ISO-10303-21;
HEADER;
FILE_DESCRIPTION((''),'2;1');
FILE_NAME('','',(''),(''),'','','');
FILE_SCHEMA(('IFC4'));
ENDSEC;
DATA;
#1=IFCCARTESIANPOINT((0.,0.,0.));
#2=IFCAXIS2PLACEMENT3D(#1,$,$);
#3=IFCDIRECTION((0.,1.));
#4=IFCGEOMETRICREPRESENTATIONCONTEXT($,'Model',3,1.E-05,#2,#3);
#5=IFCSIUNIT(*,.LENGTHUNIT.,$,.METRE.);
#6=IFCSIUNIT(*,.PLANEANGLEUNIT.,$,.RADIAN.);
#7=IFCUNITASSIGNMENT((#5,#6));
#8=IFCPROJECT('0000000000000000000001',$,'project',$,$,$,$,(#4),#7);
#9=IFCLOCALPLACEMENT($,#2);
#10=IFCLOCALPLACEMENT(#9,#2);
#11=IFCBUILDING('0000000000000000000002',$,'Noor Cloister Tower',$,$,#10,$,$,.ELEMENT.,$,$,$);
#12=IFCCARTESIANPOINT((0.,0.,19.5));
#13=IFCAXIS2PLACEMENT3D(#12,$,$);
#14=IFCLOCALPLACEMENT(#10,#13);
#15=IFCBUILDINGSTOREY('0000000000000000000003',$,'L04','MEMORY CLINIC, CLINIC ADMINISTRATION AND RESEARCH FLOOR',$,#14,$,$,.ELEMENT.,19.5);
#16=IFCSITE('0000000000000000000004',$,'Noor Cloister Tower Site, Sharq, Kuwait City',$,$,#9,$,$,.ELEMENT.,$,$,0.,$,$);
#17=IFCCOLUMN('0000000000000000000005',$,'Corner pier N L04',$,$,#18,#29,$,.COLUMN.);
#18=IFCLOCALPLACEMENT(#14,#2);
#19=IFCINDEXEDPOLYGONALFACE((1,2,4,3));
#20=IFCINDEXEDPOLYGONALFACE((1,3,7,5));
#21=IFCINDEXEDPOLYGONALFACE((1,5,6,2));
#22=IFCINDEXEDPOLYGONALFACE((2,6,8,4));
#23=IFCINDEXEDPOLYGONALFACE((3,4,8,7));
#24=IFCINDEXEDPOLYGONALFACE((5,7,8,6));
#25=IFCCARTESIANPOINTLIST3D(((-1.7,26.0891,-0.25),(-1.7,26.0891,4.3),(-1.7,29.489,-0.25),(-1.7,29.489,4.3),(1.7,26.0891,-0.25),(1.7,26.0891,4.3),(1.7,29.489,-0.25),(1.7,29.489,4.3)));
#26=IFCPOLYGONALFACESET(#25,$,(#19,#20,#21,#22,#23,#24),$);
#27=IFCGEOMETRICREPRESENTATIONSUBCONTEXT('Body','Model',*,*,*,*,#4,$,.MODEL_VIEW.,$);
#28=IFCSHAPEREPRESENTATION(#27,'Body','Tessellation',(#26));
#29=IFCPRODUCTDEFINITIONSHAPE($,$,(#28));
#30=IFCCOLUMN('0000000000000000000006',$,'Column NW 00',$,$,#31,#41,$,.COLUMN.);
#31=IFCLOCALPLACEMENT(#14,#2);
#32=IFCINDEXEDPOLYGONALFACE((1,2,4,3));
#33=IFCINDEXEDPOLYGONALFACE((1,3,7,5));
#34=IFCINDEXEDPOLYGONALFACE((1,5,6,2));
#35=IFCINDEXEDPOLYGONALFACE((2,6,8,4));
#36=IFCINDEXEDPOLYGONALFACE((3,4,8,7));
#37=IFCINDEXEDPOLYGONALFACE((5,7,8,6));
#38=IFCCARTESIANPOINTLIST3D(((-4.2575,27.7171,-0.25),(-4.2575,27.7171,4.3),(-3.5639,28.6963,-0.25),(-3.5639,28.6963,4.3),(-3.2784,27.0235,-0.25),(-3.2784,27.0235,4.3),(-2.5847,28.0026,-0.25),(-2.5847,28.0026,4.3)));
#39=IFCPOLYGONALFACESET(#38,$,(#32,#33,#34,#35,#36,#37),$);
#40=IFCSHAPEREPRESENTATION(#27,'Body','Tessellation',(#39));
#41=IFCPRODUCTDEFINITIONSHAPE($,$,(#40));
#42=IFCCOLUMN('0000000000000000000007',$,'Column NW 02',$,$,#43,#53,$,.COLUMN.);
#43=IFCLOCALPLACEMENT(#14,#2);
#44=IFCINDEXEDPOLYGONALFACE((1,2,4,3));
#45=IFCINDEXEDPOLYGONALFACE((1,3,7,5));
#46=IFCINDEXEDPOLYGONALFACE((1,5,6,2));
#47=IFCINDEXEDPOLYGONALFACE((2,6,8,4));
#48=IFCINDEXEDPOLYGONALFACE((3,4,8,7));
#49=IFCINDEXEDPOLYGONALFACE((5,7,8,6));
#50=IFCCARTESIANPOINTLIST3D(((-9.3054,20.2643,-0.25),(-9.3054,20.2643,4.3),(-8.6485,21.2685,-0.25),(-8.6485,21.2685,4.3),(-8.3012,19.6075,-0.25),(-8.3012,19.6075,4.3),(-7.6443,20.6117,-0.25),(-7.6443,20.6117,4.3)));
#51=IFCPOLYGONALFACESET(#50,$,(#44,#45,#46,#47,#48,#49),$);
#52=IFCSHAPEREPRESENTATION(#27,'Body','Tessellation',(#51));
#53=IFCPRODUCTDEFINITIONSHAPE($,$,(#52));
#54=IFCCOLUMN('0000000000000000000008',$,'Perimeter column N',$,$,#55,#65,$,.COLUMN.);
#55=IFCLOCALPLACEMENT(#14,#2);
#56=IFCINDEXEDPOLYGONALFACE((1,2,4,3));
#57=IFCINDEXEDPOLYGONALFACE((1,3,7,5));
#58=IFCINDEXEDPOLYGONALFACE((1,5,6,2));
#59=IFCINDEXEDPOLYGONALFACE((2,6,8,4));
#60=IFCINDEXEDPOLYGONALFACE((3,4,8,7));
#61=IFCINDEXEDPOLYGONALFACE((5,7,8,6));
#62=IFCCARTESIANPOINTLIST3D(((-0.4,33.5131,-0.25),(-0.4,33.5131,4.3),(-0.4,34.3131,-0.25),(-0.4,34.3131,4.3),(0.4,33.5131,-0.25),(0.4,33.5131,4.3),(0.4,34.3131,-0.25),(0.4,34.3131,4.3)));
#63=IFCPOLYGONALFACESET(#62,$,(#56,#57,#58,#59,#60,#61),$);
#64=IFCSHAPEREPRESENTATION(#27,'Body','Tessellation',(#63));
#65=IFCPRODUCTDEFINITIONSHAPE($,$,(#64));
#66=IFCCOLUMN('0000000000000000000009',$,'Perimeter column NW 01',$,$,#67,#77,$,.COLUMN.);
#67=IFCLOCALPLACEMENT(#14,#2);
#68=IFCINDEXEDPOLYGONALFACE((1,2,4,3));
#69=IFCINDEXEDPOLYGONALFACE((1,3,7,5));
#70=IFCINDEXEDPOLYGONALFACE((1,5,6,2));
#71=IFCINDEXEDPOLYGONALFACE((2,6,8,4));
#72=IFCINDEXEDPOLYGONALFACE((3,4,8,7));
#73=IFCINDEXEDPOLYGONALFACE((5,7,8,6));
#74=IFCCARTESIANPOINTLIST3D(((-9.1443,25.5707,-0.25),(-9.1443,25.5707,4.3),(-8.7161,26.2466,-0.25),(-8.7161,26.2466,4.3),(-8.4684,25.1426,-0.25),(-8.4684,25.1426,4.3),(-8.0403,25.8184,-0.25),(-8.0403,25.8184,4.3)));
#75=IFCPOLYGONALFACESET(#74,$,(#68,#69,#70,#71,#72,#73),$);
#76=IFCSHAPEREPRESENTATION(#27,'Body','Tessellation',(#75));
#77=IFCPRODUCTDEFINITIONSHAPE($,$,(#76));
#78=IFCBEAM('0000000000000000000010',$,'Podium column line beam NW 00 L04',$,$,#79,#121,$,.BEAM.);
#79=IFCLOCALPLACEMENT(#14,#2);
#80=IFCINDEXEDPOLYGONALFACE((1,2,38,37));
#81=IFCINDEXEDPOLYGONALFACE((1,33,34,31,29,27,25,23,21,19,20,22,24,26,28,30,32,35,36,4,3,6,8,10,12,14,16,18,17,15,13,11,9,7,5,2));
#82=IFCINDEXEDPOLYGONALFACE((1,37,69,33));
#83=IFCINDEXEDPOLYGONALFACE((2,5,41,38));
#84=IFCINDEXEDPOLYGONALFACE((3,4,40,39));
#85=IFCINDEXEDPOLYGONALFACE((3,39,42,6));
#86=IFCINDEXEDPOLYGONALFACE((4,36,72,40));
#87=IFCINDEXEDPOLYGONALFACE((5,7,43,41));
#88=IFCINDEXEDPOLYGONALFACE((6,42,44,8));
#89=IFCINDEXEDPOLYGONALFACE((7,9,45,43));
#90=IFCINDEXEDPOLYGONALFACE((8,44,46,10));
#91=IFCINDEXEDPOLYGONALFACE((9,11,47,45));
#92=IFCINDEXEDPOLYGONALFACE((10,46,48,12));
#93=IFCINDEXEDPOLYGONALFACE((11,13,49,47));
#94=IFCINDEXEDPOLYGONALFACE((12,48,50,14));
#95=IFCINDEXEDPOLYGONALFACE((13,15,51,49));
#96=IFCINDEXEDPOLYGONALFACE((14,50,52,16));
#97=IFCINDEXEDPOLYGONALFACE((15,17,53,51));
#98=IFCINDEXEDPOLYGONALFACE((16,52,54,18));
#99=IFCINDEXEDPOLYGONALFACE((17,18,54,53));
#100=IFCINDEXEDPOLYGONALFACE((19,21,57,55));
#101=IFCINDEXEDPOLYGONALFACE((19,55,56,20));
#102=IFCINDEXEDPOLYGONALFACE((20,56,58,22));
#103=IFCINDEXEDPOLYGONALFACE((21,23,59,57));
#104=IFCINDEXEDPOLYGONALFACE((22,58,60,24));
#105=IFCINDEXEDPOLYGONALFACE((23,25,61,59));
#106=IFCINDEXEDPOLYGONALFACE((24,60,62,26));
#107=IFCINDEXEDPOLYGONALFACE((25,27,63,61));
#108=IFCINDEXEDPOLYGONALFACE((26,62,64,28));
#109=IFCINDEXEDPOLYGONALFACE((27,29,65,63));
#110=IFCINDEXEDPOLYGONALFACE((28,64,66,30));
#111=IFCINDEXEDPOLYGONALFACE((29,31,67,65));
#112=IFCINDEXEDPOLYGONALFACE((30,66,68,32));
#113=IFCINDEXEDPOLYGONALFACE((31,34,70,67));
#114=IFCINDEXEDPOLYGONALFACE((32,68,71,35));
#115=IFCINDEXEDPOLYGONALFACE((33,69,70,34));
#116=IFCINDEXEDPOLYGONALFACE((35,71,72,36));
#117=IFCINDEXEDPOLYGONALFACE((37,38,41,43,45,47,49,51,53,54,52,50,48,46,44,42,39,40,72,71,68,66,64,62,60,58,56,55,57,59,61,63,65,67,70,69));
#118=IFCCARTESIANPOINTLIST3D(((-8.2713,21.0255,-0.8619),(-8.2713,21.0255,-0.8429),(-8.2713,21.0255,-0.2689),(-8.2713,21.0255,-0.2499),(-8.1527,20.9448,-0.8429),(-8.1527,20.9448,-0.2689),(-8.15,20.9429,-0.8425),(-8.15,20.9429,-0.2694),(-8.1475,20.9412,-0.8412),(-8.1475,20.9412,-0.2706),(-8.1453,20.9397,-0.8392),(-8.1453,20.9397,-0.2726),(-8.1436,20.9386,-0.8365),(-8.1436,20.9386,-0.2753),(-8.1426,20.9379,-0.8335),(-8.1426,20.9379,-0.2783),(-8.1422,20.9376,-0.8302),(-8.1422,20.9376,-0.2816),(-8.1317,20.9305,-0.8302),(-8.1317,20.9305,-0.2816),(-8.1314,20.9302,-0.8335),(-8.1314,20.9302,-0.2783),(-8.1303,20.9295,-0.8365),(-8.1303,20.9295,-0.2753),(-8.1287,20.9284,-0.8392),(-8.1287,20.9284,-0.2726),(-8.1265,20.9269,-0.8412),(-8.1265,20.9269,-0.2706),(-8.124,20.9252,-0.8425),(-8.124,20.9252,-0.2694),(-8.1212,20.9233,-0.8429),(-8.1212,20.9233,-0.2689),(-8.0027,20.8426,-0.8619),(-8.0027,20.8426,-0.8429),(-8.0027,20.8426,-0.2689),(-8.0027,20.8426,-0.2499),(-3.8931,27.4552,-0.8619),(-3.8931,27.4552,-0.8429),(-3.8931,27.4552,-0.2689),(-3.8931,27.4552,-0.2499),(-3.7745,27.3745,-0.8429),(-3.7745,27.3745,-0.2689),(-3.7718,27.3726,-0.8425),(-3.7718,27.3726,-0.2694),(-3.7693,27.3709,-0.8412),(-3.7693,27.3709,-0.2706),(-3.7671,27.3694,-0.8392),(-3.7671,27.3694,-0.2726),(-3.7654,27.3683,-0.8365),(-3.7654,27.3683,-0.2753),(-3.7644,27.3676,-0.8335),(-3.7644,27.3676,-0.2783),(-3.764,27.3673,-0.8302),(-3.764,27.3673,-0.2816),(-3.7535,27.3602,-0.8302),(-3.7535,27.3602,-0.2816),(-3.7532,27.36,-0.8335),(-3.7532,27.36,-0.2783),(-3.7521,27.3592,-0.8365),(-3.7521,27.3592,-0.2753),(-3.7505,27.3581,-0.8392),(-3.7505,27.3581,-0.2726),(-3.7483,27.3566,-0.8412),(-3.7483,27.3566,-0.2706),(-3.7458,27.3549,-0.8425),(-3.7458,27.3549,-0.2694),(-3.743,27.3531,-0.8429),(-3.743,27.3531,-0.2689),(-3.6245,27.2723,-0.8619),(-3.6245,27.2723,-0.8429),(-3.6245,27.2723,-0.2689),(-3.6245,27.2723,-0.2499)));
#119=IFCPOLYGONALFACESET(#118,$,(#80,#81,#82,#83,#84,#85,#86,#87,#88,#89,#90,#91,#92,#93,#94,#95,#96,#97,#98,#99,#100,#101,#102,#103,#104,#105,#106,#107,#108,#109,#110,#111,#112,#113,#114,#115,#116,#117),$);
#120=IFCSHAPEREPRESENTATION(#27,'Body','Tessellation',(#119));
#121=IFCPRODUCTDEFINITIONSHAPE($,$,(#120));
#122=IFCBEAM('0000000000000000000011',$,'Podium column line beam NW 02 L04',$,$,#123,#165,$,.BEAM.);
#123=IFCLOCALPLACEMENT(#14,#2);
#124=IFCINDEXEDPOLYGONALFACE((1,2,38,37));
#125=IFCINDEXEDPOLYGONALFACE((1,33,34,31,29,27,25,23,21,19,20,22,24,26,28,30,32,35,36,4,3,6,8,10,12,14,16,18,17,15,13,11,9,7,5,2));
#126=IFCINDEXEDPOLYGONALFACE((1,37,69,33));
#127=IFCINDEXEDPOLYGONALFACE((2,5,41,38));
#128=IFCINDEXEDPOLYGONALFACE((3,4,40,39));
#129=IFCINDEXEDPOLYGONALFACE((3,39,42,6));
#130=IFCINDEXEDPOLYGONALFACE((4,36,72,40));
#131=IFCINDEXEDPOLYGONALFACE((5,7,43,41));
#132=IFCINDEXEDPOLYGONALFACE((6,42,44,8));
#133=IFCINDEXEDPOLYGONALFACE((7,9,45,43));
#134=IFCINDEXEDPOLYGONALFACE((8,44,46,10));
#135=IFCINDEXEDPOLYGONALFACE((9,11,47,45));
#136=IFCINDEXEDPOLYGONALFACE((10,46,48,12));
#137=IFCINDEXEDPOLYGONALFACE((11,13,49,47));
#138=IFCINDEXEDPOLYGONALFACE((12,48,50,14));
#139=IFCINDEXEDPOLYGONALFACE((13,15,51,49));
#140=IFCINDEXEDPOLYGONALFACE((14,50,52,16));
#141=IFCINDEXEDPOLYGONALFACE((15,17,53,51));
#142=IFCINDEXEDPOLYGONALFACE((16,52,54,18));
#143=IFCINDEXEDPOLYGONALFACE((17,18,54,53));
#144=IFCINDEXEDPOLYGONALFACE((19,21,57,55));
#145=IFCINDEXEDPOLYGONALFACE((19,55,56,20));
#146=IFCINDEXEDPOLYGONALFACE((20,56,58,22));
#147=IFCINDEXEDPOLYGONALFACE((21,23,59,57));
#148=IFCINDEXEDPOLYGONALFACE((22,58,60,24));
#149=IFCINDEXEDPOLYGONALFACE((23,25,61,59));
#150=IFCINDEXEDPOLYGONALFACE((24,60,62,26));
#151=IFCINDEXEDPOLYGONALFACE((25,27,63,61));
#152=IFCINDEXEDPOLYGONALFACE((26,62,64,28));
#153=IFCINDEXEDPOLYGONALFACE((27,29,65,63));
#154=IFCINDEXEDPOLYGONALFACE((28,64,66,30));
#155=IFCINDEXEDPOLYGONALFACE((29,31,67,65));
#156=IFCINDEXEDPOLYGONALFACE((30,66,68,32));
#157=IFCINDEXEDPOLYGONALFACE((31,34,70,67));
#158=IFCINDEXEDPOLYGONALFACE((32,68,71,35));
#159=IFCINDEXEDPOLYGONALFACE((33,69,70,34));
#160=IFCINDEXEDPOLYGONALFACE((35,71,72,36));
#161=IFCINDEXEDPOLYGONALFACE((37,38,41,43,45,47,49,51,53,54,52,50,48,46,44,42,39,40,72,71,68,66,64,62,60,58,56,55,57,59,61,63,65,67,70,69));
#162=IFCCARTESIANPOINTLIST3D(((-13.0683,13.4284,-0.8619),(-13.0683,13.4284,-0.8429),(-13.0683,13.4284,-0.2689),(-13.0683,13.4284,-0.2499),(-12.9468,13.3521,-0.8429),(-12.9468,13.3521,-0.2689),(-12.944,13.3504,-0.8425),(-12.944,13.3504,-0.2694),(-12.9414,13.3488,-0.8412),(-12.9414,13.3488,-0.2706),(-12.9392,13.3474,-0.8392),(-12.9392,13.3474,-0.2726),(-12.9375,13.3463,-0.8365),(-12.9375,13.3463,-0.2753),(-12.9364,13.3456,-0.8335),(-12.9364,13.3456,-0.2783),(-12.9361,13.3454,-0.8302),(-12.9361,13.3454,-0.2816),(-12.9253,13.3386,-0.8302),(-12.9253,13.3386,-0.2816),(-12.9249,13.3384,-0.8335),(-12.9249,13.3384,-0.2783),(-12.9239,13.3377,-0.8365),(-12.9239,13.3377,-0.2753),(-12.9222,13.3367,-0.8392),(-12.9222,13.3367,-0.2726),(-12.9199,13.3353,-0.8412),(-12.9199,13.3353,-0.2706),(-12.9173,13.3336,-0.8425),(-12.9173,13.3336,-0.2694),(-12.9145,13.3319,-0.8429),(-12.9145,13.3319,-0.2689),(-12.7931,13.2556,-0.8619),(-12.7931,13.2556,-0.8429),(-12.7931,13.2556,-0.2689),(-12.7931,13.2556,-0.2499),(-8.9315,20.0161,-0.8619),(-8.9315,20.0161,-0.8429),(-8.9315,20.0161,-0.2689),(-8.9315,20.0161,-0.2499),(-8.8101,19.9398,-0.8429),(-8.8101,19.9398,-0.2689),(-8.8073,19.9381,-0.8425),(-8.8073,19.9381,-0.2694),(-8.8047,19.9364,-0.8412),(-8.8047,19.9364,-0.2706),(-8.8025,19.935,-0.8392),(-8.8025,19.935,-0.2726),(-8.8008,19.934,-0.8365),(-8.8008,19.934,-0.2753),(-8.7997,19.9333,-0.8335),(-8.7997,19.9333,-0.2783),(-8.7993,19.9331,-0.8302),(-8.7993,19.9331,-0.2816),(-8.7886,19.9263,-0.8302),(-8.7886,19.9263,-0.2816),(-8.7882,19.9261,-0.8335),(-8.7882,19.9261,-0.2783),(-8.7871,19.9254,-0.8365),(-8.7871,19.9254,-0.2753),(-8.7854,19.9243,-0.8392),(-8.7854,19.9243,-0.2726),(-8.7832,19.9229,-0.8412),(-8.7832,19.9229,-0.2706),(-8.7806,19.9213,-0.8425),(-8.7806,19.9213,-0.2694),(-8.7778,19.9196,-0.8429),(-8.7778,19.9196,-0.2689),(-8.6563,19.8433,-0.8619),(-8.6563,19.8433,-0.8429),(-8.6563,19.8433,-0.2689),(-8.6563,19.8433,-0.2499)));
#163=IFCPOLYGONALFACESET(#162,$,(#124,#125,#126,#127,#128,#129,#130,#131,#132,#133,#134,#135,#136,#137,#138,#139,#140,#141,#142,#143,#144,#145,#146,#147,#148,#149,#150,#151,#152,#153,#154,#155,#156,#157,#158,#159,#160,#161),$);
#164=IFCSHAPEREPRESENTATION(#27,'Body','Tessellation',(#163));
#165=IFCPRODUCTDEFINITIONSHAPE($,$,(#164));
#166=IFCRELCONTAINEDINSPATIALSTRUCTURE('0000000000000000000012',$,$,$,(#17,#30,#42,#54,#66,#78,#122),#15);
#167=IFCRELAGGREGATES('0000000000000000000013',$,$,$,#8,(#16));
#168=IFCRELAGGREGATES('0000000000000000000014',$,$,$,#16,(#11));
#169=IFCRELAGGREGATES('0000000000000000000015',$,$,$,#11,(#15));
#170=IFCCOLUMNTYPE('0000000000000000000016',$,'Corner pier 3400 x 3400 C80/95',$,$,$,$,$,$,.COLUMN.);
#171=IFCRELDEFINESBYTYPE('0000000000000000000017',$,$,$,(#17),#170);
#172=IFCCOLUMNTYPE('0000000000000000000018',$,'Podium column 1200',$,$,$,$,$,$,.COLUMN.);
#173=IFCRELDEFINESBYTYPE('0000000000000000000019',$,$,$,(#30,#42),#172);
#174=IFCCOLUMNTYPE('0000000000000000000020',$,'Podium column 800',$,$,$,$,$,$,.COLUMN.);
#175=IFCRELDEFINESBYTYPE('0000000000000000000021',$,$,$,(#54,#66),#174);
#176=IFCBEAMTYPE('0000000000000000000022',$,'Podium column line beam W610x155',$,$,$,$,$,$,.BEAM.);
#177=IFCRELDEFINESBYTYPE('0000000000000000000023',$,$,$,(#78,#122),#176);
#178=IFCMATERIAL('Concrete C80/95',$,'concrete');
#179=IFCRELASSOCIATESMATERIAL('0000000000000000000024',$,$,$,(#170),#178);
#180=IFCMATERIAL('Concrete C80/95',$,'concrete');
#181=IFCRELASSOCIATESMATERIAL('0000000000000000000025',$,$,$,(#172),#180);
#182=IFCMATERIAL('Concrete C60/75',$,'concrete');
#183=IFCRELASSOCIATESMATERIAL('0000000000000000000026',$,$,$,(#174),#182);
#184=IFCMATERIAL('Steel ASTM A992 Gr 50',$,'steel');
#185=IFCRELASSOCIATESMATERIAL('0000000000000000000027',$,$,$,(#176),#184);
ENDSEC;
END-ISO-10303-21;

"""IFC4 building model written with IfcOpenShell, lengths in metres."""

from ifc_helpers import new_model, si_unit, direction, frame, origin, origin_2d, place, context, subcontext, project, spatial, rectangle, i_section, extrude, material, material_profile, profile_set, type_object, element, save


model = new_model("IFC4")

# Units and contexts
model_context = context("Model", 3, precision=1e-05, world=origin(), true_north=direction((0.0, 1.0)))
body_context = subcontext(model_context, "Body", "Model", "MODEL_VIEW")
ifc_project = project(units=[si_unit("LENGTHUNIT", "METRE"), si_unit("PLANEANGLEUNIT", "RADIAN")], contexts=[model_context])

# Site, building, storey
site_placement = place(None, origin())
site = spatial("IfcSite", under=ifc_project, at=site_placement, Name="Noor Cloister Tower Site, Sharq, Kuwait City", CompositionType="ELEMENT", RefElevation=0.0)
building_placement = place(site_placement, origin())
building = spatial("IfcBuilding", under=site, at=building_placement, Name="Noor Cloister Tower", CompositionType="ELEMENT")
storey_placement = place(building_placement, frame((0.0, 0.0, 19.5)))
storey = spatial("IfcBuildingStorey", under=building, at=storey_placement, Name="L04", Description="MEMORY CLINIC, CLINIC ADMINISTRATION AND RESEARCH FLOOR", CompositionType="ELEMENT", Elevation=19.5)

# Columns
ifc_material_1 = material(Name="Concrete C80/95", Category="concrete")
ifc_material_profile_1 = material_profile(ifc_material_1, rectangle(XDim=3.3999, YDim=3.3999, at=origin_2d()), Name="RC 3400x3400")
ifc_profile_set_1 = profile_set([ifc_material_profile_1], Name="Concrete C80/95")
column_type_1 = type_object("IfcColumnType", Name="Corner pier 3400 x 3400 C80/95", PredefinedType="COLUMN", material=ifc_profile_set_1)
column_placement = place(storey_placement, frame((0.0, 27.7891, -0.25), z_axis=(0.0, 0.0, 1.0), x_axis=(0.0, 1.0, 0.0)))
element("IfcColumn", 1, at=column_placement, inside=storey, type_object=column_type_1, Name="Corner pier N L04", PredefinedType="COLUMN", context=body_context, shape_type="SweptSolid", body=[
    extrude(rectangle(XDim=3.3999, YDim=3.3999, at=origin_2d()), origin(), (0.0, 0.0, 1.0), 4.55),
])
ifc_material_2 = material(Name="Concrete C80/95", Category="concrete")
ifc_material_profile_2 = material_profile(ifc_material_2, rectangle(XDim=1.2, YDim=1.2, at=origin_2d()), Name="Podium column 1200")
ifc_profile_set_2 = profile_set([ifc_material_profile_2], Name="Concrete C80/95")
column_type_2 = type_object("IfcColumnType", Name="Podium column 1200", PredefinedType="COLUMN", material=ifc_profile_set_2)
for number, where, z_axis, x_axis, name in (
    (2, (-3.4211, 27.8599, -0.25), (0.0, 0.0, 1.0), (-0.815983, 0.578076, 0.0), "Column NW 00"),
    (3, (-8.4749, 20.438, -0.25), (0.0, 0.0, 1.0), (-0.836868, 0.547405, 0.0), "Column NW 02"),
):
    element("IfcColumn", number, at=place(storey_placement, frame(where, z_axis=z_axis, x_axis=x_axis)), inside=storey, type_object=column_type_2, Name=name, PredefinedType="COLUMN", context=body_context, shape_type="SweptSolid", body=[
        extrude(rectangle(XDim=1.2, YDim=1.2, at=origin_2d()), origin(), (0.0, 0.0, 1.0), 4.55),
    ])
ifc_material_3 = material(Name="Concrete C60/75", Category="concrete")
ifc_material_profile_3 = material_profile(ifc_material_3, rectangle(XDim=0.8, YDim=0.8, at=origin_2d()), Name="Podium column 800")
ifc_profile_set_3 = profile_set([ifc_material_profile_3], Name="Concrete C60/75")
column_type_3 = type_object("IfcColumnType", Name="Podium column 800", PredefinedType="COLUMN", material=ifc_profile_set_3)
for number, where, z_axis, x_axis, name in (
    (4, (0.0, 33.9131, -0.25), (0.0, 0.0, 1.0), (0.0, 1.0, 0.0), "Perimeter column N"),
    (5, (-8.5923, 25.6946, -0.25), (0.0, 0.0, 1.0), (-0.844762, 0.535142, 0.0), "Perimeter column NW 01"),
):
    element("IfcColumn", number, at=place(storey_placement, frame(where, z_axis=z_axis, x_axis=x_axis)), inside=storey, type_object=column_type_3, Name=name, PredefinedType="COLUMN", context=body_context, shape_type="SweptSolid", body=[
        extrude(rectangle(XDim=0.8, YDim=0.8, at=origin_2d()), origin(), (0.0, 0.0, 1.0), 4.55),
    ])

# Beams
ifc_material_4 = material(Name="Steel ASTM A992 Gr 50", Category="steel")
ifc_material_profile_4 = material_profile(ifc_material_4, i_section(OverallWidth=0.325, OverallDepth=0.6121, WebThickness=0.0127, FlangeThickness=0.019, FilletRadius=0.0127, at=origin_2d()), Name="W610x155")
ifc_profile_set_4 = profile_set([ifc_material_profile_4], Name="Steel ASTM A992 Gr 50")
beam_type_1 = type_object("IfcBeamType", Name="Podium column line beam W610x155", PredefinedType="BEAM", material=ifc_profile_set_4)
for number, where, z_axis, x_axis, name in (
    (6, (-3.7588, 27.3638, -0.5559), (-0.562836, -0.826568, 0.0), (0.826568, -0.562836, 0.0), "Podium column line beam NW 00 L04"),
    (7, (-8.7939, 19.9297, -0.5559), (-0.531795, -0.846873, 0.0), (0.846873, -0.531795, 0.0), "Podium column line beam NW 02 L04"),
):
    element("IfcBeam", number, at=place(storey_placement, frame(where, z_axis=z_axis, x_axis=x_axis)), inside=storey, type_object=beam_type_1, Name=name, PredefinedType="BEAM", context=body_context, shape_type="SweptSolid", body=[
        extrude(i_section(OverallWidth=0.325, OverallDepth=0.6121, WebThickness=0.0127, FlangeThickness=0.019, FilletRadius=0.0127, at=origin_2d()), origin(), (0.0, 0.0, 1.0), 7.7788),
    ])

save(model, "model.ifc")
